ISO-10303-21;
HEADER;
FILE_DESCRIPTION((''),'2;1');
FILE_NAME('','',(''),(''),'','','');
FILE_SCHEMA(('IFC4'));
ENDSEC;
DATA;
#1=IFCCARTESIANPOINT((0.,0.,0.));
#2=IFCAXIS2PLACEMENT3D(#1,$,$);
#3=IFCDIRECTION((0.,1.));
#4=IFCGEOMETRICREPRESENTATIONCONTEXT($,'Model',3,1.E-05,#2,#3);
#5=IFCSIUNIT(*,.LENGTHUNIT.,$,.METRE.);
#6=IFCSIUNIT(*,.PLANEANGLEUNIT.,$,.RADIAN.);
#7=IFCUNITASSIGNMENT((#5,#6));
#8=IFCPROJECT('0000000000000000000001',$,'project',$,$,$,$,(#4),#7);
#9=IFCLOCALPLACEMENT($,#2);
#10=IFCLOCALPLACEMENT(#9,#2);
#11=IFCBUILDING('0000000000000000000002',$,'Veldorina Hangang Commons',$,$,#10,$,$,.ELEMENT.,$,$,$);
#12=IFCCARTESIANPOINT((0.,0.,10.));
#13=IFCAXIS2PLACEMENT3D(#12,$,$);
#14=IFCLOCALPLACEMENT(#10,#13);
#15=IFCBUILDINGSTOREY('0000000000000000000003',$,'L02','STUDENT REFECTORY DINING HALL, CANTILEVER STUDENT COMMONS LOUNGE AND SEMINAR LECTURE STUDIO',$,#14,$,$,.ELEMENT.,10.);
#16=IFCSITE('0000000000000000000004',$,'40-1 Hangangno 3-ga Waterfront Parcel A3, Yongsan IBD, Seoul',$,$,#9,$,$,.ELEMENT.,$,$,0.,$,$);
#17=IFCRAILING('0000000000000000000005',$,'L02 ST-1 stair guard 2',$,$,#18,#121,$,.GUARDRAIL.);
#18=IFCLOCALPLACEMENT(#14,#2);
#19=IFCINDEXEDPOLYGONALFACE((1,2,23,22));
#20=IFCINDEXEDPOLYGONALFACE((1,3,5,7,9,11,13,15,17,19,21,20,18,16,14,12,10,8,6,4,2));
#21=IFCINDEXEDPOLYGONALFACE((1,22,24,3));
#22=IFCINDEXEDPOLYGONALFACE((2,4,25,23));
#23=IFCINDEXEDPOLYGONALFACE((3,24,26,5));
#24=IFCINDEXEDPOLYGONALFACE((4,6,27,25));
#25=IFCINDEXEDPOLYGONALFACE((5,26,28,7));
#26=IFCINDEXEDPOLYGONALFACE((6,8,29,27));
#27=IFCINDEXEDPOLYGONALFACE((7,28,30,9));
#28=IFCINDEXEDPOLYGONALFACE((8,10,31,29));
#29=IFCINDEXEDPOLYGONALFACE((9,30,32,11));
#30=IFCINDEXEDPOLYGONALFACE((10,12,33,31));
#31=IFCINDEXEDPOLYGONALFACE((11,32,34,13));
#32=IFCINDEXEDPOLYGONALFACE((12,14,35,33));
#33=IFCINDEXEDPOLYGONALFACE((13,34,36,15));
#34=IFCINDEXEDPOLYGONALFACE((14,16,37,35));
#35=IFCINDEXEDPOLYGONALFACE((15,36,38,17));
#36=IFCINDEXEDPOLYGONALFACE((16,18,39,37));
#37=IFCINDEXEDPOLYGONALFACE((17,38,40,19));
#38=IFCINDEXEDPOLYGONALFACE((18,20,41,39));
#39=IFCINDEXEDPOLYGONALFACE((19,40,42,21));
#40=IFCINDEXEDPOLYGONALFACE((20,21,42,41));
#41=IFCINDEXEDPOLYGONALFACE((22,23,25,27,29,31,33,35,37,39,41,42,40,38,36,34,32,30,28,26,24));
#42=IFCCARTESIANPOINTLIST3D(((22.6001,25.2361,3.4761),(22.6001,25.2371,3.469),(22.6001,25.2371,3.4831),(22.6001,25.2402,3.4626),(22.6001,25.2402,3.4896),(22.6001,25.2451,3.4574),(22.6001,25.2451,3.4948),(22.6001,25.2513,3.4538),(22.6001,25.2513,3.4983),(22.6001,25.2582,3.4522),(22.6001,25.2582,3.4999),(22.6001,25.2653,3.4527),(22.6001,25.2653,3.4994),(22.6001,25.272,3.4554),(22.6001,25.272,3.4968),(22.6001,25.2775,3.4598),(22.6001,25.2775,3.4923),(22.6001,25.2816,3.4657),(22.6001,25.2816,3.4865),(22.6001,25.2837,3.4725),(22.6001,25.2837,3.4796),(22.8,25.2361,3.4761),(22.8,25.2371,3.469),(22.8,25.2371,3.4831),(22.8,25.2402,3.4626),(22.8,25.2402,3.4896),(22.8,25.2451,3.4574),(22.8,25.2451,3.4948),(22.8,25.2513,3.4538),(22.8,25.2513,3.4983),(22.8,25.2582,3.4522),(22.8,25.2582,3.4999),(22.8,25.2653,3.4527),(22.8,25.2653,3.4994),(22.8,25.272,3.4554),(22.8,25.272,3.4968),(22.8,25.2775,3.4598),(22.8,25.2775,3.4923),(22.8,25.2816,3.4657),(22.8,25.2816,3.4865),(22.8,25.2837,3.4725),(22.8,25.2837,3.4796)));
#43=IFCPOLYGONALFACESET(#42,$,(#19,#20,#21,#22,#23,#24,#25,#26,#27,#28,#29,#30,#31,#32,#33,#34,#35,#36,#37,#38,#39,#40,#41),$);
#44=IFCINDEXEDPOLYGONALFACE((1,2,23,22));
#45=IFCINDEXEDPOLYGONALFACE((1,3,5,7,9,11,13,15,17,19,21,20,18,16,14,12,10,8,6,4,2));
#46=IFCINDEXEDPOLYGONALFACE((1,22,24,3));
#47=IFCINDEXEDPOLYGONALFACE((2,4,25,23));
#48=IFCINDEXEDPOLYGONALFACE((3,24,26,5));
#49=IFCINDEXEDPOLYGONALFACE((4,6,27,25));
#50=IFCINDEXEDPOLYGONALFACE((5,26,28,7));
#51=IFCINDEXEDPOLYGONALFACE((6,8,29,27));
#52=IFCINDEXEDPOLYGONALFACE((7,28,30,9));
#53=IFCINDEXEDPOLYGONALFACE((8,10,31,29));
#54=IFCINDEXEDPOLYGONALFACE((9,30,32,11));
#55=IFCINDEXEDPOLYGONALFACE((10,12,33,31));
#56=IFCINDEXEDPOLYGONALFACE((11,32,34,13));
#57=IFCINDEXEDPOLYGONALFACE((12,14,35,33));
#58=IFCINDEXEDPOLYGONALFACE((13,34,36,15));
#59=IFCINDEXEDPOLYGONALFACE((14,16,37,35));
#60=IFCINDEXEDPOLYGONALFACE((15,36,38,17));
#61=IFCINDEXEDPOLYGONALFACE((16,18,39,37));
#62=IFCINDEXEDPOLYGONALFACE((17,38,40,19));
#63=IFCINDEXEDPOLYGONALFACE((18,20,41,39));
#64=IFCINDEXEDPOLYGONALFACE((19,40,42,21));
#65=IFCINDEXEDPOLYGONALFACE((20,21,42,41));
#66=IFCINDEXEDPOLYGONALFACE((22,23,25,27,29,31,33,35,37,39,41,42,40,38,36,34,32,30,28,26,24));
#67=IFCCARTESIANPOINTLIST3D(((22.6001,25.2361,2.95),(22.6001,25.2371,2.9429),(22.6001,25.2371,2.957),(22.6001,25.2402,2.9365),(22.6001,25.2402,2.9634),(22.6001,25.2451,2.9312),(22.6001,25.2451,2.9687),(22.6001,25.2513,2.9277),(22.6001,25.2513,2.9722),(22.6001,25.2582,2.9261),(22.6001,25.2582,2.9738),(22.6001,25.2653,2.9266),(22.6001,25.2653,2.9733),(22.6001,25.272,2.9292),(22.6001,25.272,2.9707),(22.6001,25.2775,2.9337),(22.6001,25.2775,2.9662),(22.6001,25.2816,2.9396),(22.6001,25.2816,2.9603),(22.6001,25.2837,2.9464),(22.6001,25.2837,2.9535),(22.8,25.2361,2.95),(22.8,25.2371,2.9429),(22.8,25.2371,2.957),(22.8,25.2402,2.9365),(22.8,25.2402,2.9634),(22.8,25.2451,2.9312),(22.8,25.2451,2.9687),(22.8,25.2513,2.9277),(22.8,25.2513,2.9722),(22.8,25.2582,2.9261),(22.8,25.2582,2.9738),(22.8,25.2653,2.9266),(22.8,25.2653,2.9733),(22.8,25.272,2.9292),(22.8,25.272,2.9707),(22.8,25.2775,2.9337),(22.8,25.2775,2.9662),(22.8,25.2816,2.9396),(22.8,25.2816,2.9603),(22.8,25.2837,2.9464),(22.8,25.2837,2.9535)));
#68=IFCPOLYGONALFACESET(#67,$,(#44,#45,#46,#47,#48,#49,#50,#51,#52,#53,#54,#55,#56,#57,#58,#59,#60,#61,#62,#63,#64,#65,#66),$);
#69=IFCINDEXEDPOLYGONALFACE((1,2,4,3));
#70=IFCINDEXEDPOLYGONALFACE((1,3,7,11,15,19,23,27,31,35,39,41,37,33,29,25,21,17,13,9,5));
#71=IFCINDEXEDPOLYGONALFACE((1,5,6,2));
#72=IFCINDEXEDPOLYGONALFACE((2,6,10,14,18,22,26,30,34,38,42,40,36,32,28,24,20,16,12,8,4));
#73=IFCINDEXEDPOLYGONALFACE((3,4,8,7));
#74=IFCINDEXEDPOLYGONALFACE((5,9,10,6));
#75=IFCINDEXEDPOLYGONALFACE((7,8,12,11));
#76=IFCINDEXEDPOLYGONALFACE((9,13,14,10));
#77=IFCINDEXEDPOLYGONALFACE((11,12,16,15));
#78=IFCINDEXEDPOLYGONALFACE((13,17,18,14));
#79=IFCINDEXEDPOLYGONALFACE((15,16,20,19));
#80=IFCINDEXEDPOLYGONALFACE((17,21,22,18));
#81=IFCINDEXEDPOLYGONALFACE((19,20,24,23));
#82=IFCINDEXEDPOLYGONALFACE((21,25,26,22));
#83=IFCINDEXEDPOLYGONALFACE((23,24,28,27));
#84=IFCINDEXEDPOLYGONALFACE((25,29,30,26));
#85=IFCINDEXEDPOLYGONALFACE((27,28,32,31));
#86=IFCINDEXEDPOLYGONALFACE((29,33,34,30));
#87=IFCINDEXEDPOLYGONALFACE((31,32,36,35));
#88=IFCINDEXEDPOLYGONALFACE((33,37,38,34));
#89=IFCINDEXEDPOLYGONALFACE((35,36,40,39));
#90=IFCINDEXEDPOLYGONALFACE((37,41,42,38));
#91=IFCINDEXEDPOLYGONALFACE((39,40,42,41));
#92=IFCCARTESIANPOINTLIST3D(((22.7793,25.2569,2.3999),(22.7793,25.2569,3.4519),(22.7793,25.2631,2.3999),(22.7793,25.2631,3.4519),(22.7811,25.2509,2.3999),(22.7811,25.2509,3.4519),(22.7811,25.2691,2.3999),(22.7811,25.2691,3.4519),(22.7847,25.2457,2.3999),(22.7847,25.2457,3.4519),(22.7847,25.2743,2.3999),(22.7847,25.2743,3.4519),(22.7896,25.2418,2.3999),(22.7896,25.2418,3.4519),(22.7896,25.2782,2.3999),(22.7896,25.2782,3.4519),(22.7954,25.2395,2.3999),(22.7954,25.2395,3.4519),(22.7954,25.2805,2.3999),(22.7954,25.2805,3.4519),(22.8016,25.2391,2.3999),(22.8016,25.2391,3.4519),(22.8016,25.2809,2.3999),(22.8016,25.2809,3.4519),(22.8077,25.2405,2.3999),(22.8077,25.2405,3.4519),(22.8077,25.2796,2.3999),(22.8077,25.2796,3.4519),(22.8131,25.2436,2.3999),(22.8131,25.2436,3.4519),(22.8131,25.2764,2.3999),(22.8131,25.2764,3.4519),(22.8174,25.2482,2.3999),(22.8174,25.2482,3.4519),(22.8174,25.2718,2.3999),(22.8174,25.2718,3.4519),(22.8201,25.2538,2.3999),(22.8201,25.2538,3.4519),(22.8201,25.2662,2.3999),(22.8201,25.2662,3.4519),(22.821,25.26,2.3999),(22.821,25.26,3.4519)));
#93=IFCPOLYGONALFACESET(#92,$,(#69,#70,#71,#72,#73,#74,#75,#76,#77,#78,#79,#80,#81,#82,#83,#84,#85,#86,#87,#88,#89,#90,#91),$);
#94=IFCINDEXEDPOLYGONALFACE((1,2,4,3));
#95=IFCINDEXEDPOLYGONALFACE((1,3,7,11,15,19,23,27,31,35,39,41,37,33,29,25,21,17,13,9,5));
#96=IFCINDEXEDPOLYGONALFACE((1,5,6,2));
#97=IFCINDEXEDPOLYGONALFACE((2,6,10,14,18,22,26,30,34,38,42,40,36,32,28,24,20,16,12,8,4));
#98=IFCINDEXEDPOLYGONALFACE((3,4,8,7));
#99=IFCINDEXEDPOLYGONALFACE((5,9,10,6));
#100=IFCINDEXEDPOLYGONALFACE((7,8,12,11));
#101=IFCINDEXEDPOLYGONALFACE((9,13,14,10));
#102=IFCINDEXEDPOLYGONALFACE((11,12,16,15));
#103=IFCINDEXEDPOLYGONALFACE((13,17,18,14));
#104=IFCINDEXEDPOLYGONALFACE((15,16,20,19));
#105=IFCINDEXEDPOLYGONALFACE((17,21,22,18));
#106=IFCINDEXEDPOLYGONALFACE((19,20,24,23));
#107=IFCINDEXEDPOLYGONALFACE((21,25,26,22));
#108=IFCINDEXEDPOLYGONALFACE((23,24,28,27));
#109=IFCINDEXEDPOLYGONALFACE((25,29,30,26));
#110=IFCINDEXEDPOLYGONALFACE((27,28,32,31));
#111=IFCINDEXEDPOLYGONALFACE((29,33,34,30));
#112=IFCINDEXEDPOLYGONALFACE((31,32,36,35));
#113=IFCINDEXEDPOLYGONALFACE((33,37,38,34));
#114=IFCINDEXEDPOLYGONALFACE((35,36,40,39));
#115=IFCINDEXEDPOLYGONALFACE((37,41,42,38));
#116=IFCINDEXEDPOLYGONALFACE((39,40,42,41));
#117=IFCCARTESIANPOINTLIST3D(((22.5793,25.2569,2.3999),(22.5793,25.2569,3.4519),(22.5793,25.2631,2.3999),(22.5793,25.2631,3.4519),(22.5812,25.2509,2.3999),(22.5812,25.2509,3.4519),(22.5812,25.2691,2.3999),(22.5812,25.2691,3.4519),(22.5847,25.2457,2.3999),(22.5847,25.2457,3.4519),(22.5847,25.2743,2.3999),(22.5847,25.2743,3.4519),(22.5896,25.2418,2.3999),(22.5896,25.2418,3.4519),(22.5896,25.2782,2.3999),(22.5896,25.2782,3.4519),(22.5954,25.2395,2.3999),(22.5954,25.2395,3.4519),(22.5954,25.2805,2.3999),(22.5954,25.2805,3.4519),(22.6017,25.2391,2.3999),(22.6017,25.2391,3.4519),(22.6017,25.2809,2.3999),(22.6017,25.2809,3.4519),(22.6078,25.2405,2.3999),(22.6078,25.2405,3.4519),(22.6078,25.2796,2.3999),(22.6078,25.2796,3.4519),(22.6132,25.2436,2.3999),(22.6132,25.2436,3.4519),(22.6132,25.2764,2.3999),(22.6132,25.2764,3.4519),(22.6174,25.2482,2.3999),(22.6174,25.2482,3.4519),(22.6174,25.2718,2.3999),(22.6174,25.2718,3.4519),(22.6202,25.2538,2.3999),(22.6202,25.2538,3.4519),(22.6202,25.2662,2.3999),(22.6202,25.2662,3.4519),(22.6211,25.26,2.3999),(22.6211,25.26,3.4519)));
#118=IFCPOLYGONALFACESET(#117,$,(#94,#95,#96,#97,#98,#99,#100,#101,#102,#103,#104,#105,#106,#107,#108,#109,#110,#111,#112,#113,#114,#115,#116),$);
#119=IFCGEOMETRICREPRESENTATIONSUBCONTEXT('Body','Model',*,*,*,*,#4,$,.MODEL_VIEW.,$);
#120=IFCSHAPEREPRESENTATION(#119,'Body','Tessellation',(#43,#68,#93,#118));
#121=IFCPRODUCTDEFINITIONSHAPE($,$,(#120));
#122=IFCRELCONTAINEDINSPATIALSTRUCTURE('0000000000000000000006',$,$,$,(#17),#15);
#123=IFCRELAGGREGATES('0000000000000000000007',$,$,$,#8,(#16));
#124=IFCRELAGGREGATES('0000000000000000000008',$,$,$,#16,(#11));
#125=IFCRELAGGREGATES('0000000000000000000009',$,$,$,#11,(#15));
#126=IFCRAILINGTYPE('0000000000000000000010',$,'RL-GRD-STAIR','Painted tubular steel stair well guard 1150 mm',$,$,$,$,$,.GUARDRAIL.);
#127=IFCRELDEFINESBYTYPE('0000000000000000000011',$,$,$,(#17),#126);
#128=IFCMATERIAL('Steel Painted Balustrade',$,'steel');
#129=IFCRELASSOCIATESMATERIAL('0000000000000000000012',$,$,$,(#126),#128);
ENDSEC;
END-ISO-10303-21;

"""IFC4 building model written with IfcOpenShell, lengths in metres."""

from ifc_helpers import new_model, si_unit, direction, frame, origin, origin_2d, place, context, subcontext, project, spatial, circle, extrude, material, type_object, element, save


model = new_model("IFC4")

# Units and contexts
model_context = context("Model", 3, precision=1e-05, world=origin(), true_north=direction((0.0, 1.0)))
body_context = subcontext(model_context, "Body", "Model", "MODEL_VIEW")
ifc_project = project(units=[si_unit("LENGTHUNIT", "METRE"), si_unit("PLANEANGLEUNIT", "RADIAN")], contexts=[model_context])

# Site, building, storey
site_placement = place(None, origin())
site = spatial("IfcSite", under=ifc_project, at=site_placement, Name="40-1 Hangangno 3-ga Waterfront Parcel A3, Yongsan IBD, Seoul", CompositionType="ELEMENT", RefElevation=0.0)
building_placement = place(site_placement, origin())
building = spatial("IfcBuilding", under=site, at=building_placement, Name="Veldorina Hangang Commons", CompositionType="ELEMENT")
storey_placement = place(building_placement, frame((0.0, 0.0, 10.0)))
storey = spatial("IfcBuildingStorey", under=building, at=storey_placement, Name="L02", Description="STUDENT REFECTORY DINING HALL, CANTILEVER STUDENT COMMONS LOUNGE AND SEMINAR LECTURE STUDIO", CompositionType="ELEMENT", Elevation=10.0)

# Railing
ifc_material_1 = material(Name="Steel Painted Balustrade", Category="steel")
railing_type_1 = type_object("IfcRailingType", Name="RL-GRD-STAIR", Description="Painted tubular steel stair well guard 1150 mm", PredefinedType="GUARDRAIL", material=ifc_material_1)
railing_1_placement = place(storey_placement, frame((22.8, 25.26, 2.3999)))
element("IfcRailing", 1, at=railing_1_placement, inside=storey, type_object=railing_type_1, Name="L02 ST-1 stair guard 2", PredefinedType="GUARDRAIL", context=body_context, shape_type="SweptSolid", body=[
    extrude(circle(Radius=0.0239, at=origin_2d()), frame((0.0, 0.0, 1.0762), z_axis=(-1.0, 0.0, 0.0), x_axis=(0.0, -1.0, 0.0)), (0.0, 0.0, 1.0), 0.2),
    extrude(circle(Radius=0.0239, at=origin_2d()), frame((0.0, 0.0, 0.55), z_axis=(-1.0, 0.0, 0.0), x_axis=(0.0, -1.0, 0.0)), (0.0, 0.0, 1.0), 0.2),
    extrude(circle(Radius=0.021, at=origin_2d()), origin(), (0.0, 0.0, 1.0), 1.052),
    extrude(circle(Radius=0.021, at=origin_2d()), frame((-0.2, 0.0, 0.0)), (0.0, 0.0, 1.0), 1.052),
])

save(model, "model.ifc")
